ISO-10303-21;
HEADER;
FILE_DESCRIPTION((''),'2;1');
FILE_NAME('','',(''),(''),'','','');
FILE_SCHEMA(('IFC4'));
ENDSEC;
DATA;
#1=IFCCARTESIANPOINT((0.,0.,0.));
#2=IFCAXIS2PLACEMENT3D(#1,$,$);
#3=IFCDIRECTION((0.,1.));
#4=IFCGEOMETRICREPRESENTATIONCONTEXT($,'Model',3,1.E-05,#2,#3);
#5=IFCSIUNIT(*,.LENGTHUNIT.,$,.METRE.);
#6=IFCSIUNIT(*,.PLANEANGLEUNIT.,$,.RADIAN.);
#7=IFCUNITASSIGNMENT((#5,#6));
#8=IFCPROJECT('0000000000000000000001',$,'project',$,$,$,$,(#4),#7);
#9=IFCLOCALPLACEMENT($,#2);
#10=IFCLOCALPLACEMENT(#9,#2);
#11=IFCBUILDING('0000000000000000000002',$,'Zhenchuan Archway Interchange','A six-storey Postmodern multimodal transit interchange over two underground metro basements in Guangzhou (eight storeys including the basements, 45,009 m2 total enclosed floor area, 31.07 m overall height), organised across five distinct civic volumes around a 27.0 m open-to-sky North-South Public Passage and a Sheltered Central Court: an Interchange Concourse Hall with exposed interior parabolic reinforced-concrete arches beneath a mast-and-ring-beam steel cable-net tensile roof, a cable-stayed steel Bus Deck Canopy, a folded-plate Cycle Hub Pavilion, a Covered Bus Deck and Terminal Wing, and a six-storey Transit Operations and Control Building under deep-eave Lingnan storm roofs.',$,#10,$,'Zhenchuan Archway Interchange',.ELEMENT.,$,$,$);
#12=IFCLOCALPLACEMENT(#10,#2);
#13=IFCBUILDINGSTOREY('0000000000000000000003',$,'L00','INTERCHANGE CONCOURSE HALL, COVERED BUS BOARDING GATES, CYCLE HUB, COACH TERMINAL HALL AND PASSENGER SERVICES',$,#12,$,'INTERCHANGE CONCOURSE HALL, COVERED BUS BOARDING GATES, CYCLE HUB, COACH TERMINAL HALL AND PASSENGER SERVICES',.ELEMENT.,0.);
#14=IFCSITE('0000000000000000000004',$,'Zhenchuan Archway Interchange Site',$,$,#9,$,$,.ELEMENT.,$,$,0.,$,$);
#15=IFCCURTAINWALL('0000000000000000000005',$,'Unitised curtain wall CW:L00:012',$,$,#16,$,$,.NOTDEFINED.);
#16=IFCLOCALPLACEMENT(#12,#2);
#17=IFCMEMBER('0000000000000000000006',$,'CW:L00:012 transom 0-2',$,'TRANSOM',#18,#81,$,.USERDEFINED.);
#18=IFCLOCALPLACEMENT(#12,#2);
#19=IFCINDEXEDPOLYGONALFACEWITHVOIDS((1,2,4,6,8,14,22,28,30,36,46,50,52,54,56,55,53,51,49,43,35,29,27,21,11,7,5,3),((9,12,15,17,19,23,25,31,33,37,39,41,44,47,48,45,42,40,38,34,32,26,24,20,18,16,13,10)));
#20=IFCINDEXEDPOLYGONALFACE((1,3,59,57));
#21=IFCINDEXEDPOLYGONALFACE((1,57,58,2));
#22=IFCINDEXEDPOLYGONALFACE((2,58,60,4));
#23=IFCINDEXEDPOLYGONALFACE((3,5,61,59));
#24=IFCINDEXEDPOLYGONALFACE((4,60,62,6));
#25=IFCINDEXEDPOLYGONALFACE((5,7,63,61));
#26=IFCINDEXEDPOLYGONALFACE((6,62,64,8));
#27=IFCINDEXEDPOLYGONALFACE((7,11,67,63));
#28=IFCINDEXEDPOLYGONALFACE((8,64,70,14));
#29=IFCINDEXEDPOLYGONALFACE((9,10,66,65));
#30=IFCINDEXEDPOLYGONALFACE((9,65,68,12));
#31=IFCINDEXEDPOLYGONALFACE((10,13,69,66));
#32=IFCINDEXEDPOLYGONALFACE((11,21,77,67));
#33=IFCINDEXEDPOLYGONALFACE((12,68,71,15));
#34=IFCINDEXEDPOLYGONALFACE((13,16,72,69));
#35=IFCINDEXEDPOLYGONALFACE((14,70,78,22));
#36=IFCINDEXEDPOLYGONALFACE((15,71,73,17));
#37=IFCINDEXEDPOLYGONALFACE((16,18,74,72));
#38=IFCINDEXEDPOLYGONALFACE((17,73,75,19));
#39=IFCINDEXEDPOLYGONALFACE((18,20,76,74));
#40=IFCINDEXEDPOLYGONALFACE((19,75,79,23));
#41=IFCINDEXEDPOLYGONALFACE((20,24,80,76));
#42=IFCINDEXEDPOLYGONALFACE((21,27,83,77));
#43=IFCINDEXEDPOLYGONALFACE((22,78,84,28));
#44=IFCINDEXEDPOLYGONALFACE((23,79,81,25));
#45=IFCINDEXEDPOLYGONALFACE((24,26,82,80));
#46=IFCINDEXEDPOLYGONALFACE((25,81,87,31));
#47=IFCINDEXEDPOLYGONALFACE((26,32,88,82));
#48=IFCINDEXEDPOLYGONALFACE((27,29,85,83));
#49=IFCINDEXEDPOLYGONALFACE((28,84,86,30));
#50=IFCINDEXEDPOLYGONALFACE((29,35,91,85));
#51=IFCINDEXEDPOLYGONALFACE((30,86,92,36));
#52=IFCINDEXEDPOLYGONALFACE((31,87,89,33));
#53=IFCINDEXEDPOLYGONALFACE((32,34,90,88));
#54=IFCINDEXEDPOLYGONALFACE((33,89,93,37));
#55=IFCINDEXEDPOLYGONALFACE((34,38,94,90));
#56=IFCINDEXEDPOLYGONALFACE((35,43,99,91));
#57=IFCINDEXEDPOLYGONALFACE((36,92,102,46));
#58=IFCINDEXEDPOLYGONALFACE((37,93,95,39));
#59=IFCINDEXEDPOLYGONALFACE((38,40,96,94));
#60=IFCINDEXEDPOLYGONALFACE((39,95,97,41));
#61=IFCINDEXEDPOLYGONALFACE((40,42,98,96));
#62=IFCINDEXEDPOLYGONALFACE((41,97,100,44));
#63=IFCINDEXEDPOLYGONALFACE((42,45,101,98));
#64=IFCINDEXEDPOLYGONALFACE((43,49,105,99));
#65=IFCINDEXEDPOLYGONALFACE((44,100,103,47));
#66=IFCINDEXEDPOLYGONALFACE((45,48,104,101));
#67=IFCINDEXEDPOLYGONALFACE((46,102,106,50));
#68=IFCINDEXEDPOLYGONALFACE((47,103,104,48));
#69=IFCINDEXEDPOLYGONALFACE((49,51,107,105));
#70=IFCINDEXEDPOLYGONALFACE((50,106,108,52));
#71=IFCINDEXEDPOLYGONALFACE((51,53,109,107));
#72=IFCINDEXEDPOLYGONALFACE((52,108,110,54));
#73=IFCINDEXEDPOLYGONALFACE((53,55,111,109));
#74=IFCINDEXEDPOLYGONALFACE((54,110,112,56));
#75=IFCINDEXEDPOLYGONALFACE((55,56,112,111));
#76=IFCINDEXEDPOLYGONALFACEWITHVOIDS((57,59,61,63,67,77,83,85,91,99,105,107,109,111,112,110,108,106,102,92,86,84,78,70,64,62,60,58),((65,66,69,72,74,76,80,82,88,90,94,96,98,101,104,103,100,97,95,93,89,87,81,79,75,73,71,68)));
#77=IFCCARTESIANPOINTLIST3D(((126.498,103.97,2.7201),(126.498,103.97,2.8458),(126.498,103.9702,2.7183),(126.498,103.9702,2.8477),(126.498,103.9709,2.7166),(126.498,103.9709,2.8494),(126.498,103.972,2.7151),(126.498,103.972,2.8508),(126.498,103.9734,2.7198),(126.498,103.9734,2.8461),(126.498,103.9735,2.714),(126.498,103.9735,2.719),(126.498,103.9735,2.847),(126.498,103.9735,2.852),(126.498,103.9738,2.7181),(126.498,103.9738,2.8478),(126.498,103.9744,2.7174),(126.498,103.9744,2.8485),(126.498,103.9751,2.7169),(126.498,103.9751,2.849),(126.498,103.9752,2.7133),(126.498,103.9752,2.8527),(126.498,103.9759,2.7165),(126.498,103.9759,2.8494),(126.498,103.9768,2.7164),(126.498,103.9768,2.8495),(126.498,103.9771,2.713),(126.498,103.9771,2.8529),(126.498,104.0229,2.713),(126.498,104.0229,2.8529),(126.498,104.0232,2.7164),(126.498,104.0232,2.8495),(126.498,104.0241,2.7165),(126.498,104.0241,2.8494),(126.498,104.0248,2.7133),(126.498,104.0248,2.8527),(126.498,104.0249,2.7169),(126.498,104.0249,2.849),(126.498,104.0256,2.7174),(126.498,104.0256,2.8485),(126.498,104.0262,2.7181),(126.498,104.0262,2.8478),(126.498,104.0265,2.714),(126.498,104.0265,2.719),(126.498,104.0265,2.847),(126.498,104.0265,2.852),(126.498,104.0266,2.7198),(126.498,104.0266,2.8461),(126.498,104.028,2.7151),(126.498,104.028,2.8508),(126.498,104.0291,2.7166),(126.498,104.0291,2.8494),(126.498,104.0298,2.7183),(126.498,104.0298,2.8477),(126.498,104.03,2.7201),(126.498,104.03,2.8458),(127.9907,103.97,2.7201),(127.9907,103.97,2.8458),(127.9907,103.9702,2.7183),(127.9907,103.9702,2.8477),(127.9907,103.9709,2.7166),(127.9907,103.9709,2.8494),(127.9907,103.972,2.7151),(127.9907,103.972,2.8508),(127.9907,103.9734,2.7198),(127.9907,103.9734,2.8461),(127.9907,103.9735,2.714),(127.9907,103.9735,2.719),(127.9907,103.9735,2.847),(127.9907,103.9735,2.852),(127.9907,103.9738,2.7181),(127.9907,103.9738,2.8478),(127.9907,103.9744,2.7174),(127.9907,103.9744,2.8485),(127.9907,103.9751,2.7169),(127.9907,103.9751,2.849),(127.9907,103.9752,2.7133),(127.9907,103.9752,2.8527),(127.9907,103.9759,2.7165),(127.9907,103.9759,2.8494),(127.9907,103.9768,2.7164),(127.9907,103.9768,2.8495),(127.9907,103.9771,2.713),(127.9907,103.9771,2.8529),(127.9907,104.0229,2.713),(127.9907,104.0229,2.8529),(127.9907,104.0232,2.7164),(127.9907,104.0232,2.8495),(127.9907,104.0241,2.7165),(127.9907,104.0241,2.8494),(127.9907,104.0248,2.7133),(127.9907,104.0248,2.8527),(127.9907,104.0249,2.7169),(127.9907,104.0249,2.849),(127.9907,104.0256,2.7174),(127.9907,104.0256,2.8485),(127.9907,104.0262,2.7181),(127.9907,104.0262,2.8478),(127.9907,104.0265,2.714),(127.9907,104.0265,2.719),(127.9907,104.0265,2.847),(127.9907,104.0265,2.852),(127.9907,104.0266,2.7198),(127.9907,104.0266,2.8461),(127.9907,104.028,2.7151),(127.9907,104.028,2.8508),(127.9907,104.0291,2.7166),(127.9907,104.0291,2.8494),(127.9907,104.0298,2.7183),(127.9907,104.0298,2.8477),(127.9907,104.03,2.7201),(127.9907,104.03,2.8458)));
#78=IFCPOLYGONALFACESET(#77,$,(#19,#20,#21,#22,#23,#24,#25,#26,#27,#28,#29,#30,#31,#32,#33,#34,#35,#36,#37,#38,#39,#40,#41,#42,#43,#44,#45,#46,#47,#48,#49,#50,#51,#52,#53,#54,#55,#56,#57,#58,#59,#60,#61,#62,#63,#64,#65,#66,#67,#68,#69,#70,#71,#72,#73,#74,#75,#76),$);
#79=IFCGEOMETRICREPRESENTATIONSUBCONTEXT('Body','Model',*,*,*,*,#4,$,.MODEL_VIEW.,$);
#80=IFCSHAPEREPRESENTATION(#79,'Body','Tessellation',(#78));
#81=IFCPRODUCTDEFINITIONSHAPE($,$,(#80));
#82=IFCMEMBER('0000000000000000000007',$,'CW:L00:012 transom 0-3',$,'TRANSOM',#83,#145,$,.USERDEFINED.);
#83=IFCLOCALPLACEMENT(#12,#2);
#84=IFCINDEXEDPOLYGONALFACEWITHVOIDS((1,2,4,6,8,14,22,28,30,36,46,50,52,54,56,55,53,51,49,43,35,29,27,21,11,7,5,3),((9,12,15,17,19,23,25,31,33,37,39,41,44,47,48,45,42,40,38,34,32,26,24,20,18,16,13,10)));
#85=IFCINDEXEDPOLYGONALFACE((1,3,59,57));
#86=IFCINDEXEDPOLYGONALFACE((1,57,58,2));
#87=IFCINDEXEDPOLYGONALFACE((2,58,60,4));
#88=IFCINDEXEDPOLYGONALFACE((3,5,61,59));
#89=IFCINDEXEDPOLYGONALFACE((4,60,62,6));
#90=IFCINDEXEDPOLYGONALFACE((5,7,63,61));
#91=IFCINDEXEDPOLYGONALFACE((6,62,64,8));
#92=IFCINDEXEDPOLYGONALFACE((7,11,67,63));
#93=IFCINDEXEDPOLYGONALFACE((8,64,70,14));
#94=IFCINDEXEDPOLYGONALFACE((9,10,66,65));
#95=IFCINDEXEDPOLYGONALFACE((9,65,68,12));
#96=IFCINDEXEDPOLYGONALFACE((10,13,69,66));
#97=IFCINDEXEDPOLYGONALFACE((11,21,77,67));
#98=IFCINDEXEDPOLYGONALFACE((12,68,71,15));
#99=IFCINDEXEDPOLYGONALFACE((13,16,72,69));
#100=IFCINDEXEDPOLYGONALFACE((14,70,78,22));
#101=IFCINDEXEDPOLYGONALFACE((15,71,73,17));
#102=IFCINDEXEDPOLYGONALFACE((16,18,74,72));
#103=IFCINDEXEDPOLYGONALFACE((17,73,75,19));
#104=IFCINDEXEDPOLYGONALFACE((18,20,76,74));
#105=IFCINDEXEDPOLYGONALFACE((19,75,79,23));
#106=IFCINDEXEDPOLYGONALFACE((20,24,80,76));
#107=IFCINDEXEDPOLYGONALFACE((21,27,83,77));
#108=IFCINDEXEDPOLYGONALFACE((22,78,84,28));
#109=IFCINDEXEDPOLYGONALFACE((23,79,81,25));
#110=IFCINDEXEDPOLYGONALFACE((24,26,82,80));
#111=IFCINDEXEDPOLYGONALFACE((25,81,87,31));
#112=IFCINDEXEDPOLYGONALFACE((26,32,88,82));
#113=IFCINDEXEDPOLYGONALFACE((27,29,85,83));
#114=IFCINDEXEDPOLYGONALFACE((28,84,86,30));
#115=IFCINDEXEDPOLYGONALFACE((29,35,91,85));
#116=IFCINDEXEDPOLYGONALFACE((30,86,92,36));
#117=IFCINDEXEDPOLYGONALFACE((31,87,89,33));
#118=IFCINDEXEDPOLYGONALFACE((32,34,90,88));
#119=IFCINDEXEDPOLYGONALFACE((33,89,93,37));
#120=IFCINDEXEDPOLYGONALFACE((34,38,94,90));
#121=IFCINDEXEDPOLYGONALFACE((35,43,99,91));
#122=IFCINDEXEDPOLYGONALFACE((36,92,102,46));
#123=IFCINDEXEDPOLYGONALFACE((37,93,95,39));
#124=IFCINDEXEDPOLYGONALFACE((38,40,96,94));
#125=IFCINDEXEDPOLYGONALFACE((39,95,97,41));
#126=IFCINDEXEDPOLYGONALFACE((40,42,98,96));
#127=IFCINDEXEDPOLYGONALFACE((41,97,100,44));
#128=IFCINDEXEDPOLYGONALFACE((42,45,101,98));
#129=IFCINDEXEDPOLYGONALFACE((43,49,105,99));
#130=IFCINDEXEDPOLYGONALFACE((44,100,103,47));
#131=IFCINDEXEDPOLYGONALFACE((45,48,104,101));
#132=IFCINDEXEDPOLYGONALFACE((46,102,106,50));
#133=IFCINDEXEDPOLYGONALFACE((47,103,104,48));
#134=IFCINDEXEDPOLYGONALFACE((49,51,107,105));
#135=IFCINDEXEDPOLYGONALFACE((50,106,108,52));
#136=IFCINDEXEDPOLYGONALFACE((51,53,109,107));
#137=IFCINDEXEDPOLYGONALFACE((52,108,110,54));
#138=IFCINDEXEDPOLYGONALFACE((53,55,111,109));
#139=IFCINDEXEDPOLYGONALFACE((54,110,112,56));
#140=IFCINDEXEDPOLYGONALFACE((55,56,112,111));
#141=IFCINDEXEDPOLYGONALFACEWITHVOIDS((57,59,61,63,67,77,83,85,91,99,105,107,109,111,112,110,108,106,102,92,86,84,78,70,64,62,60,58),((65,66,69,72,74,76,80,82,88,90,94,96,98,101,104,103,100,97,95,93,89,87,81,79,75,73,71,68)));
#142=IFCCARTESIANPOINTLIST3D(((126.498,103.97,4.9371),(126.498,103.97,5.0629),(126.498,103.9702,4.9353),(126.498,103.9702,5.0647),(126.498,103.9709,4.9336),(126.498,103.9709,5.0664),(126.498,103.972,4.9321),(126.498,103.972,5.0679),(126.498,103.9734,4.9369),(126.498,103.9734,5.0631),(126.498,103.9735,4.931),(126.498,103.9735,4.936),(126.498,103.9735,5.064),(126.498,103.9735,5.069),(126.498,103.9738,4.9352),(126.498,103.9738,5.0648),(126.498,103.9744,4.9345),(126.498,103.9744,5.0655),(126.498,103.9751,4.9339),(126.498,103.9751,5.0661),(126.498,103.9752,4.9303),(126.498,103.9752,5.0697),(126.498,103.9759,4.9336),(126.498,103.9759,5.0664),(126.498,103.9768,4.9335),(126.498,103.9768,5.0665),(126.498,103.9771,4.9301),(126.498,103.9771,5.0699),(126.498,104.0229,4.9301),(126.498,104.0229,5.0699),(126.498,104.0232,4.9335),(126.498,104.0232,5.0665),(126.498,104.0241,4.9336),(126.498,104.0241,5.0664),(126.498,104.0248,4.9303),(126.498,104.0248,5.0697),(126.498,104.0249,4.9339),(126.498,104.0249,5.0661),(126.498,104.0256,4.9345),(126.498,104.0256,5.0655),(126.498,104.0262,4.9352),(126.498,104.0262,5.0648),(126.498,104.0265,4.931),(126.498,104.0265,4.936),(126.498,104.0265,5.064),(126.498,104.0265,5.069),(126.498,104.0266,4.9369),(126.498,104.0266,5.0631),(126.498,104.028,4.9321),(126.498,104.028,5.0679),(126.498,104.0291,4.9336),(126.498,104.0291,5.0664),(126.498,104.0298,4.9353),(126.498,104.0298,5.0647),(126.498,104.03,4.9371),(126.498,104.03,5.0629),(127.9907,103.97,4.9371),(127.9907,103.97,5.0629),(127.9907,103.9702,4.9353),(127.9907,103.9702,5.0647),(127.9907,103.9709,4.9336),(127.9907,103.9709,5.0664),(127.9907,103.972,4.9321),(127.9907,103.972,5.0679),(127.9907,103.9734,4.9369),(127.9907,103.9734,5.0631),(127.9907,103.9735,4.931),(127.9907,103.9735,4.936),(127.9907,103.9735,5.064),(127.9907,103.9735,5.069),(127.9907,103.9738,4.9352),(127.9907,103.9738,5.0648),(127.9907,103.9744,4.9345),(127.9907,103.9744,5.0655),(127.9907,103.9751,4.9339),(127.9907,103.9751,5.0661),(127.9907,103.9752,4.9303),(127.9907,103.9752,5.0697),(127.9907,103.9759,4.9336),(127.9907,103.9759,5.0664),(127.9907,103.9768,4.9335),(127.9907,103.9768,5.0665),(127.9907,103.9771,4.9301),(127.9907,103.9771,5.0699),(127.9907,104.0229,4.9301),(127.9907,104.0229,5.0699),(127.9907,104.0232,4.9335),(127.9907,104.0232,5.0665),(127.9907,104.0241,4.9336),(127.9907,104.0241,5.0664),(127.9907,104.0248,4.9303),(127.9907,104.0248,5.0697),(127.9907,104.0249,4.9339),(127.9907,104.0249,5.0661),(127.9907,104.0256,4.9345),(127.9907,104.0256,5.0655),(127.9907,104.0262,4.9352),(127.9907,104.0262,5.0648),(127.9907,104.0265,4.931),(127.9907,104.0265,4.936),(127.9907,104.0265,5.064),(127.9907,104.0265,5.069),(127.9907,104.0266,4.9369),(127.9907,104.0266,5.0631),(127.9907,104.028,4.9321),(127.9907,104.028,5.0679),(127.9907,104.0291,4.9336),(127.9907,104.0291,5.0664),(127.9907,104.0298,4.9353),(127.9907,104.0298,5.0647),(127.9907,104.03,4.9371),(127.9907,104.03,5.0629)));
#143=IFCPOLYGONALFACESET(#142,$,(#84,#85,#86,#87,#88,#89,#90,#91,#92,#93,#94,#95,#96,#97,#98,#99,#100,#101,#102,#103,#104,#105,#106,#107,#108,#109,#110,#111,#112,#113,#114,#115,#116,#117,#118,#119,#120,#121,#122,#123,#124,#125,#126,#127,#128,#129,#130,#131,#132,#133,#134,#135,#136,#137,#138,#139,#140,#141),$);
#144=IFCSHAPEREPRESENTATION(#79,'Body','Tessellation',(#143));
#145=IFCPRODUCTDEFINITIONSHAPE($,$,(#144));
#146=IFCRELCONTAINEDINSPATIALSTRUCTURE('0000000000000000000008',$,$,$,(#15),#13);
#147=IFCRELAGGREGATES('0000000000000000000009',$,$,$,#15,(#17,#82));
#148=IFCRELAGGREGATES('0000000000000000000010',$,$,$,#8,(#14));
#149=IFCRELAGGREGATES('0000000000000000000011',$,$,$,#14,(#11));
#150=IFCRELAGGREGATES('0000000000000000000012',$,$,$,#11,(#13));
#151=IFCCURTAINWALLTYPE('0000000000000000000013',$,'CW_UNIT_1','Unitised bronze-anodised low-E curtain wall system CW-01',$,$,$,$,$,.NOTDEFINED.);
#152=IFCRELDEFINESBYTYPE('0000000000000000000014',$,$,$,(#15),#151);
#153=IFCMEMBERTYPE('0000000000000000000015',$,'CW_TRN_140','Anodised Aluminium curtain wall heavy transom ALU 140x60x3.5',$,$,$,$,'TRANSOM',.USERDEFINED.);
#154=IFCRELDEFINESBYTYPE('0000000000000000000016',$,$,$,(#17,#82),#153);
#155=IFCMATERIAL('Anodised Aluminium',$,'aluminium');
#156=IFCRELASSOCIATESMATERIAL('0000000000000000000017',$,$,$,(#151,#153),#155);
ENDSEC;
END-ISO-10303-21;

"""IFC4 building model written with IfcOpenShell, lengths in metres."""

from ifc_helpers import new_model, si_unit, direction, frame, origin, origin_2d, place, context, subcontext, project, spatial, hollow_rectangle, extrude, material, material_profile, profile_set, type_object, element, aggregate, save


model = new_model("IFC4")

# Units and contexts
model_context = context("Model", 3, precision=1e-05, world=origin(), true_north=direction((0.0, 1.0)))
body_context = subcontext(model_context, "Body", "Model", "MODEL_VIEW")
ifc_project = project(units=[si_unit("LENGTHUNIT", "METRE"), si_unit("PLANEANGLEUNIT", "RADIAN")], contexts=[model_context])

# Site, building, storey
site_placement = place(None, origin())
site = spatial("IfcSite", under=ifc_project, at=site_placement, Name="Zhenchuan Archway Interchange Site", CompositionType="ELEMENT", RefElevation=0.0)
building_placement = place(site_placement, origin())
building = spatial("IfcBuilding", under=site, at=building_placement, Name="Zhenchuan Archway Interchange", Description="A six-storey Postmodern multimodal transit interchange over two underground metro basements in Guangzhou (eight storeys including the basements, 45,009 m2 total enclosed floor area, 31.07 m overall height), organised across five distinct civic volumes around a 27.0 m open-to-sky North-South Public Passage and a Sheltered Central Court: an Interchange Concourse Hall with exposed interior parabolic reinforced-concrete arches beneath a mast-and-ring-beam steel cable-net tensile roof, a cable-stayed steel Bus Deck Canopy, a folded-plate Cycle Hub Pavilion, a Covered Bus Deck and Terminal Wing, and a six-storey Transit Operations and Control Building under deep-eave Lingnan storm roofs.", LongName="Zhenchuan Archway Interchange", CompositionType="ELEMENT")
storey_placement = place(building_placement, origin())
storey = spatial("IfcBuildingStorey", under=building, at=storey_placement, Name="L00", Description="INTERCHANGE CONCOURSE HALL, COVERED BUS BOARDING GATES, CYCLE HUB, COACH TERMINAL HALL AND PASSENGER SERVICES", LongName="INTERCHANGE CONCOURSE HALL, COVERED BUS BOARDING GATES, CYCLE HUB, COACH TERMINAL HALL AND PASSENGER SERVICES", CompositionType="ELEMENT", Elevation=0.0)

# Curtain wall, members
ifc_material_1 = material(Name="Anodised Aluminium", Category="aluminium")
curtain_wall_type = type_object("IfcCurtainWallType", Name="CW_UNIT_1", Description="Unitised bronze-anodised low-E curtain wall system CW-01", PredefinedType="NOTDEFINED", material=ifc_material_1)
curtain_wall_placement = place(storey_placement, origin())
curtain_wall = element("IfcCurtainWall", 1, at=curtain_wall_placement, inside=storey, type_object=curtain_wall_type, Name="Unitised curtain wall CW:L00:012", PredefinedType="NOTDEFINED")
ifc_material_profile_1 = material_profile(ifc_material_1, hollow_rectangle(XDim=0.0601, YDim=0.1399, WallThickness=0.0034, InnerFilletRadius=0.0034, OuterFilletRadius=0.0071, at=origin_2d()), Name="ALU 140x60x3.5")
ifc_profile_set_1 = profile_set([ifc_material_profile_1], Name="Anodised Aluminium")
member_type_1 = type_object("IfcMemberType", Name="CW_TRN_140", Description="Anodised Aluminium curtain wall heavy transom ALU 140x60x3.5", ElementType="TRANSOM", PredefinedType="USERDEFINED", material=ifc_profile_set_1)
member_1_placement = place(storey_placement, frame((126.498, 104.0, 2.783), z_axis=(1.0, 0.0, 0.0), x_axis=(0.0, 1.0, 0.0)))
member_1 = element("IfcMember", 2, at=member_1_placement, type_object=member_type_1, Name="CW:L00:012 transom 0-2", ObjectType="TRANSOM", PredefinedType="USERDEFINED", context=body_context, shape_type="SweptSolid", body=[
    extrude(hollow_rectangle(XDim=0.0601, YDim=0.1399, WallThickness=0.0034, InnerFilletRadius=0.0034, OuterFilletRadius=0.0071, at=origin_2d()), origin(), (0.0, 0.0, 1.0), 1.4927),
])
member_2_placement = place(storey_placement, frame((126.498, 104.0, 5.0), z_axis=(1.0, 0.0, 0.0), x_axis=(0.0, 1.0, 0.0)))
member_2 = element("IfcMember", 3, at=member_2_placement, type_object=member_type_1, Name="CW:L00:012 transom 0-3", ObjectType="TRANSOM", PredefinedType="USERDEFINED", context=body_context, shape_type="SweptSolid", body=[
    extrude(hollow_rectangle(XDim=0.0601, YDim=0.1399, WallThickness=0.0034, InnerFilletRadius=0.0034, OuterFilletRadius=0.0071, at=origin_2d()), origin(), (0.0, 0.0, 1.0), 1.4927),
])
aggregate(curtain_wall, [member_1, member_2])

save(model, "model.ifc")
